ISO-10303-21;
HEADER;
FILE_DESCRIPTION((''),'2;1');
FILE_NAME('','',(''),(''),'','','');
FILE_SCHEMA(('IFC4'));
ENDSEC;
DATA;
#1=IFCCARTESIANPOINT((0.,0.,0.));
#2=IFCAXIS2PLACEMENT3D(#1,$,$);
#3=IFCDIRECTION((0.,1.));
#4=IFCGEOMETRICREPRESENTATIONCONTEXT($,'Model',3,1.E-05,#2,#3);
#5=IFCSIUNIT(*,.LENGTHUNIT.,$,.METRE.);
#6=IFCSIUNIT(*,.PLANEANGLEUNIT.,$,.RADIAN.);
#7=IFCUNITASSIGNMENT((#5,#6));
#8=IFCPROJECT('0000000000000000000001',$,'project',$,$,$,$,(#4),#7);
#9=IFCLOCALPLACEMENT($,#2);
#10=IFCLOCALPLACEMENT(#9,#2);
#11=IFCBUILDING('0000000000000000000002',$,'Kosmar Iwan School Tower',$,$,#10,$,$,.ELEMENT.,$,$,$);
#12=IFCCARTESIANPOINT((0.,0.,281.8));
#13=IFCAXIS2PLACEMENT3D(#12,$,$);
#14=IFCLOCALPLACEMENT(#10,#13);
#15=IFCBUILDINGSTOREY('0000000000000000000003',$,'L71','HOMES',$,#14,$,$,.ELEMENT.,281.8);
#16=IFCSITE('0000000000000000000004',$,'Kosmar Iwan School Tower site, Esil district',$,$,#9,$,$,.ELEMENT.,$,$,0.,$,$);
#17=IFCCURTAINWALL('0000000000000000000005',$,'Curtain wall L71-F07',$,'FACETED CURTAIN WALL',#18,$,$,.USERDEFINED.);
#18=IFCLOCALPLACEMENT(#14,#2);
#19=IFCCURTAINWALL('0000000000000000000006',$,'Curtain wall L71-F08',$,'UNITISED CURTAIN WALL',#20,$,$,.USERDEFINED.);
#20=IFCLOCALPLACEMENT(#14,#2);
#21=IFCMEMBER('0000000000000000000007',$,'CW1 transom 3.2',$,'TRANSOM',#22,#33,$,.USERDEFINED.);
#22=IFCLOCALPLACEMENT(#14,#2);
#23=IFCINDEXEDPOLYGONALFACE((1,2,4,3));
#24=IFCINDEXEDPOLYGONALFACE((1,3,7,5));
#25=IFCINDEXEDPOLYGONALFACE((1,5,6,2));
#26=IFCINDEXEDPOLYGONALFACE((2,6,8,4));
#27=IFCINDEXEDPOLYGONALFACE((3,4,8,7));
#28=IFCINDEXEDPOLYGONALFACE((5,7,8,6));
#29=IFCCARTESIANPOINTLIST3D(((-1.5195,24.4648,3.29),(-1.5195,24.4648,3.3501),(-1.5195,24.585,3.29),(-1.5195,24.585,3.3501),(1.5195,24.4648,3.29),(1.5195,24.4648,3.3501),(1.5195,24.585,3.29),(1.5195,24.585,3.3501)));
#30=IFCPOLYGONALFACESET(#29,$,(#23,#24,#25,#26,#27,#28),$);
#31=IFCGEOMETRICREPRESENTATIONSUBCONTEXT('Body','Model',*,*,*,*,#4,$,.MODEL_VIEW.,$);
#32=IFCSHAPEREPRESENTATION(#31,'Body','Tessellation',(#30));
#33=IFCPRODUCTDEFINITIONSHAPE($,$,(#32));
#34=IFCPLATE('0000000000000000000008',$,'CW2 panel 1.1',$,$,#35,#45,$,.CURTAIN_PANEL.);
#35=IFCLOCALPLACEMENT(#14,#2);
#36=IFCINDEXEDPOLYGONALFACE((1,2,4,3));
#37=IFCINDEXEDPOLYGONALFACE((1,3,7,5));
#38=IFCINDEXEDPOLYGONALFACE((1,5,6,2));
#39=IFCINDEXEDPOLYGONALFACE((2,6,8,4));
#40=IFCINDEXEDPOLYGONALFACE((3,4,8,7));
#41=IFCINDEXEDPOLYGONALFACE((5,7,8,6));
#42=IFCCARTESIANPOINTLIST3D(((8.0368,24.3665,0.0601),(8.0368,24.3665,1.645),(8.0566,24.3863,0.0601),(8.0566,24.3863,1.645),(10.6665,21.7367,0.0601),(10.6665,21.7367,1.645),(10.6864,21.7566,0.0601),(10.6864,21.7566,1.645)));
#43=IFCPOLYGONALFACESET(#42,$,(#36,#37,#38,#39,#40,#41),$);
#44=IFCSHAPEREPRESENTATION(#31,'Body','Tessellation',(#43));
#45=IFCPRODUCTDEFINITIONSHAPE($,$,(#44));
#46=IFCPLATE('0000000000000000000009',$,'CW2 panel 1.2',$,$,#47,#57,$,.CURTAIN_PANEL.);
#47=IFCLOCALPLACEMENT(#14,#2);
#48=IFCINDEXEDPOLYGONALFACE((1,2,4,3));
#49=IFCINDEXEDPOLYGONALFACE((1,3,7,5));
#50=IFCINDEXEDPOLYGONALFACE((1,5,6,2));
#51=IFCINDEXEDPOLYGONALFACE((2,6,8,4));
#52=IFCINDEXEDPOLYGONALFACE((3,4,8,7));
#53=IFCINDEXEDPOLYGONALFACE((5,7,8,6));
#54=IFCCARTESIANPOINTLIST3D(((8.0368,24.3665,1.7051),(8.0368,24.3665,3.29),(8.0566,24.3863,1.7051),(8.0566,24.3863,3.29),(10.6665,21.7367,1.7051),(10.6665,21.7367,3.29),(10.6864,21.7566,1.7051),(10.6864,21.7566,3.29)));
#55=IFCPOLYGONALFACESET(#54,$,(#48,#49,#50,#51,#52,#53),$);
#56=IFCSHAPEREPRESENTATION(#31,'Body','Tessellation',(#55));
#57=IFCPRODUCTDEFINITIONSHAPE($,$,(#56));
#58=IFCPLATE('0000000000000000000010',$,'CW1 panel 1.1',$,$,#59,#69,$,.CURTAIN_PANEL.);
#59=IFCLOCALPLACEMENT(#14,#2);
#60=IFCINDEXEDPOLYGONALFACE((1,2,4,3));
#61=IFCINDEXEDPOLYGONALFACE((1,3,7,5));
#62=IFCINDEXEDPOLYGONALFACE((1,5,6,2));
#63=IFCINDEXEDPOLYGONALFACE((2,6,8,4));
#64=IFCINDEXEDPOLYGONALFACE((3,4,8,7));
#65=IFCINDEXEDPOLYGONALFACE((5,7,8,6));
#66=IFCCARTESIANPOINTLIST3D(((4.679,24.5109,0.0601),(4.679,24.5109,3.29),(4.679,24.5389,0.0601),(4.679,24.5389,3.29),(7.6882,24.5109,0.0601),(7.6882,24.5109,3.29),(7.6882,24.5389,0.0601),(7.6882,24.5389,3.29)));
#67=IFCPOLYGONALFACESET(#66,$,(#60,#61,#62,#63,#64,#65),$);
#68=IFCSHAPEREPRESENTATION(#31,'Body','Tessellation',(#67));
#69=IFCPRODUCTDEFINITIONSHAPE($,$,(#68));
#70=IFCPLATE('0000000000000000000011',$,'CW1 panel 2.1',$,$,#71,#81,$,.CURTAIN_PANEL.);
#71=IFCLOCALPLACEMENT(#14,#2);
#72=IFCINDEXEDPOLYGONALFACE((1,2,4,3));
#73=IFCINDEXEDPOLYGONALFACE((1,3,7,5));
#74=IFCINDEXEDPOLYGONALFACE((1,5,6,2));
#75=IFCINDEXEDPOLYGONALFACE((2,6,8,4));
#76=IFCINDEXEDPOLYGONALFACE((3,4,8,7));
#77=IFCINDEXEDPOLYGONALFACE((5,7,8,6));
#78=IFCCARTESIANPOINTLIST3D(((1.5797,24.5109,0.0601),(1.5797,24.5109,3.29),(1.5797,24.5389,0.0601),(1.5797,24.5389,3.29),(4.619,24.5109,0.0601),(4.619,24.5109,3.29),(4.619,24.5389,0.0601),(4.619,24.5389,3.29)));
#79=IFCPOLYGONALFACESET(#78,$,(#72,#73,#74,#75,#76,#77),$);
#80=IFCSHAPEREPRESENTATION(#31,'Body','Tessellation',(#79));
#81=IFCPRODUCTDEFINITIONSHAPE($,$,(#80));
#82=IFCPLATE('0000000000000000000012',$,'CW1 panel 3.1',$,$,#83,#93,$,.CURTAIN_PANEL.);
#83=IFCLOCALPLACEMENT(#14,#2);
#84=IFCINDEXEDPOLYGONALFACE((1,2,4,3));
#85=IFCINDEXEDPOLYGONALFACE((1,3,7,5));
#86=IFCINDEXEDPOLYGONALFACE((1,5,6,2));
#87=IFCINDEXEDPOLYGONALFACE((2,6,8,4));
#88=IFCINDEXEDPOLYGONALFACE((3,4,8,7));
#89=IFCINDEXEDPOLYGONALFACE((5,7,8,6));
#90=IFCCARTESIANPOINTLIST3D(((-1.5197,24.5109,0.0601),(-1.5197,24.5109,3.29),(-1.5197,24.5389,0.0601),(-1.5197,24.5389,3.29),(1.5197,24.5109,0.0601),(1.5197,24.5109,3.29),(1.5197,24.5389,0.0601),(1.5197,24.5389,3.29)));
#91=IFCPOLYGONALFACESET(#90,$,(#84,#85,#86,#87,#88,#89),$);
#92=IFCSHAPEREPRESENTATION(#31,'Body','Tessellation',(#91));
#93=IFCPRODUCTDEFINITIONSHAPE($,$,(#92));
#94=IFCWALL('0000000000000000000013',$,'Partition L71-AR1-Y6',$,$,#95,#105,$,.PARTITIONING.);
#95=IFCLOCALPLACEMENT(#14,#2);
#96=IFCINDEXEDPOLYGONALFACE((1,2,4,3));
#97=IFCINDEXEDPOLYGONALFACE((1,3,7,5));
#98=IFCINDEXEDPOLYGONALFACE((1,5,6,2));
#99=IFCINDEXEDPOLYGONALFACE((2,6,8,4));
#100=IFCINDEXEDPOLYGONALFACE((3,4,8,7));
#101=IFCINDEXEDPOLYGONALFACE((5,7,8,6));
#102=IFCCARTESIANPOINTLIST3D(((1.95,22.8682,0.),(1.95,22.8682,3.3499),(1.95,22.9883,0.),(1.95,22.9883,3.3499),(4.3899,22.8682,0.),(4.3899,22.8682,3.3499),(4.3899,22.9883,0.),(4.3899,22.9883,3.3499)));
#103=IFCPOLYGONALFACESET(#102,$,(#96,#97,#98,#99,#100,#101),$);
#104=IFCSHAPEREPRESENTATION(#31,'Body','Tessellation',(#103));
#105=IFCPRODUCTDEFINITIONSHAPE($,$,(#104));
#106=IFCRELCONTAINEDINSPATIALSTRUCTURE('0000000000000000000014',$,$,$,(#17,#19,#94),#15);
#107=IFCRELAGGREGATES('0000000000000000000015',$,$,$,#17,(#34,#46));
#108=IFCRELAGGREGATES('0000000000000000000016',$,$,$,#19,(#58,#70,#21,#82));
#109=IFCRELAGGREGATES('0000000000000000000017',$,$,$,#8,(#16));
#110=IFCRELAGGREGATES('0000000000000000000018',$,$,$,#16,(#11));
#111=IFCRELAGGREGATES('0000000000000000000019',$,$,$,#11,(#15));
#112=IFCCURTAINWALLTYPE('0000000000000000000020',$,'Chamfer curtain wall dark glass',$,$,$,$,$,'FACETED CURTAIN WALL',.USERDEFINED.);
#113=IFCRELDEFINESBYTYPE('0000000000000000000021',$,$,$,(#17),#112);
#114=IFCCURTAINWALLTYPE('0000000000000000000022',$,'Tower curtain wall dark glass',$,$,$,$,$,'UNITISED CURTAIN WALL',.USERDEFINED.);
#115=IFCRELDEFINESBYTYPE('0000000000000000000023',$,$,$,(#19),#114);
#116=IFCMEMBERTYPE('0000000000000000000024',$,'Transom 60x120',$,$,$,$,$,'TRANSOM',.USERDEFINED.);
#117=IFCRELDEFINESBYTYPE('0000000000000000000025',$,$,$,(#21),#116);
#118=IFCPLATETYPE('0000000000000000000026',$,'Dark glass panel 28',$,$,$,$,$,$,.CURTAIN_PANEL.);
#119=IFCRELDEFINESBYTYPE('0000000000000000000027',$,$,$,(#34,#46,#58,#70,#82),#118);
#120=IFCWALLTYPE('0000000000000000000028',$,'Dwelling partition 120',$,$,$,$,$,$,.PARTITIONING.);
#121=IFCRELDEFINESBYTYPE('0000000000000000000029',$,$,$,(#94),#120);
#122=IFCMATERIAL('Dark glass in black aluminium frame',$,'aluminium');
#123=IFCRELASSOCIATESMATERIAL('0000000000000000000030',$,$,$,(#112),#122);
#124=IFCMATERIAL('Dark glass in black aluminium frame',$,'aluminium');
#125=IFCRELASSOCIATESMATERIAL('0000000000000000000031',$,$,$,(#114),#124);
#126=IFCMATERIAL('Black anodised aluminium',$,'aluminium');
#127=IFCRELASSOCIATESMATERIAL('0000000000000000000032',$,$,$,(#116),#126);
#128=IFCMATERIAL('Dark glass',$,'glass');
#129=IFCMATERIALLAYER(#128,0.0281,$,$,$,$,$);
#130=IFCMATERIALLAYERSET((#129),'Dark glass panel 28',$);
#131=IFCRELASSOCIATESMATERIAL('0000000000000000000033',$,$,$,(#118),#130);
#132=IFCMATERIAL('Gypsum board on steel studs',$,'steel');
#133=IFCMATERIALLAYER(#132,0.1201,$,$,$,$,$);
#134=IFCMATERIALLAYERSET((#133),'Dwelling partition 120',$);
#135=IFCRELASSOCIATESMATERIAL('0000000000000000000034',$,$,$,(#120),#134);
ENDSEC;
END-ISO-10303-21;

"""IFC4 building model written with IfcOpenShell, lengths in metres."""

from ifc_helpers import new_model, si_unit, direction, frame, frame_2d, origin, origin_2d, place, context, subcontext, project, spatial, rectangle, extrude, material, layer, layer_set, material_profile, profile_set, type_object, element, aggregate, save


model = new_model("IFC4")

# Units and contexts
model_context = context("Model", 3, precision=1e-05, world=origin(), true_north=direction((0.0, 1.0)))
body_context = subcontext(model_context, "Body", "Model", "MODEL_VIEW")
ifc_project = project(units=[si_unit("LENGTHUNIT", "METRE"), si_unit("PLANEANGLEUNIT", "RADIAN")], contexts=[model_context])

# Site, building, storey
site_placement = place(None, origin())
site = spatial("IfcSite", under=ifc_project, at=site_placement, Name="Kosmar Iwan School Tower site, Esil district", CompositionType="ELEMENT", RefElevation=0.0)
building_placement = place(site_placement, origin())
building = spatial("IfcBuilding", under=site, at=building_placement, Name="Kosmar Iwan School Tower", CompositionType="ELEMENT")
storey_placement = place(building_placement, frame((0.0, 0.0, 281.8)))
storey = spatial("IfcBuildingStorey", under=building, at=storey_placement, Name="L71", Description="HOMES", CompositionType="ELEMENT", Elevation=281.8)

# Curtain wall
ifc_material_1 = material(Name="Dark glass in black aluminium frame", Category="aluminium")
curtain_wall_type_1 = type_object("IfcCurtainWallType", Name="Chamfer curtain wall dark glass", ElementType="FACETED CURTAIN WALL", PredefinedType="USERDEFINED", material=ifc_material_1)
curtain_wall_1_placement = place(storey_placement, origin())
curtain_wall_1 = element("IfcCurtainWall", 1, at=curtain_wall_1_placement, inside=storey, type_object=curtain_wall_type_1, Name="Curtain wall L71-F07", ObjectType="FACETED CURTAIN WALL", PredefinedType="USERDEFINED")

# Curtain wall
ifc_material_2 = material(Name="Dark glass in black aluminium frame", Category="aluminium")
curtain_wall_type_2 = type_object("IfcCurtainWallType", Name="Tower curtain wall dark glass", ElementType="UNITISED CURTAIN WALL", PredefinedType="USERDEFINED", material=ifc_material_2)
curtain_wall_2_placement = place(storey_placement, origin())
curtain_wall_2 = element("IfcCurtainWall", 2, at=curtain_wall_2_placement, inside=storey, type_object=curtain_wall_type_2, Name="Curtain wall L71-F08", ObjectType="UNITISED CURTAIN WALL", PredefinedType="USERDEFINED")

# Member
ifc_material_3 = material(Name="Black anodised aluminium", Category="aluminium")
ifc_material_profile_1 = material_profile(ifc_material_3, rectangle(XDim=0.1201, YDim=0.0601, at=origin_2d()), Name="TRANSOM 60x120")
ifc_profile_set_1 = profile_set([ifc_material_profile_1], Name="Black anodised aluminium")
member_type_1 = type_object("IfcMemberType", Name="Transom 60x120", ElementType="TRANSOM", PredefinedType="USERDEFINED", material=ifc_profile_set_1)
member_1_placement = place(storey_placement, frame((1.5195, 24.5249, 3.3201), z_axis=(-1.0, 0.0, 0.0), x_axis=(0.0, -1.0, 0.0)))
member_1 = element("IfcMember", 3, at=member_1_placement, type_object=member_type_1, Name="CW1 transom 3.2", ObjectType="TRANSOM", PredefinedType="USERDEFINED", context=body_context, shape_type="SweptSolid", body=[
    extrude(rectangle(XDim=0.1201, YDim=0.0601, at=origin_2d()), origin(), (0.0, 0.0, 1.0), 3.0391),
])

# Plates
ifc_material_4 = material(Name="Dark glass", Category="glass")
ifc_layer_1 = layer(ifc_material_4, 0.0281)
ifc_layer_set_1 = layer_set([ifc_layer_1], Name="Dark glass panel 28")
plate_type = type_object("IfcPlateType", Name="Dark glass panel 28", PredefinedType="CURTAIN_PANEL", material=ifc_layer_set_1)
plate_1_placement = place(storey_placement, frame((9.3616, 23.0615, 0.0601), z_axis=(0.0, 0.0, 1.0), x_axis=(-0.707107, 0.707107, 0.0)))
plate_1 = element("IfcPlate", 4, at=plate_1_placement, type_object=plate_type, Name="CW2 panel 1.1", PredefinedType="CURTAIN_PANEL", context=body_context, shape_type="SweptSolid", body=[
    extrude(rectangle(XDim=3.719, YDim=0.0281, at=origin_2d()), origin(), (0.0, 0.0, 1.0), 1.585),
])
plate_2_placement = place(storey_placement, frame((9.3616, 23.0615, 1.7051), z_axis=(0.0, 0.0, 1.0), x_axis=(-0.707107, 0.707107, 0.0)))
plate_2 = element("IfcPlate", 5, at=plate_2_placement, type_object=plate_type, Name="CW2 panel 1.2", PredefinedType="CURTAIN_PANEL", context=body_context, shape_type="SweptSolid", body=[
    extrude(rectangle(XDim=3.719, YDim=0.0281, at=origin_2d()), origin(), (0.0, 0.0, 1.0), 1.585),
])
aggregate(curtain_wall_1, [plate_1, plate_2])
plate_3_placement = place(storey_placement, frame((6.1836, 24.5249, 0.0601), z_axis=(0.0, 0.0, 1.0), x_axis=(-1.0, 0.0, 0.0)))
plate_3 = element("IfcPlate", 6, at=plate_3_placement, type_object=plate_type, Name="CW1 panel 1.1", PredefinedType="CURTAIN_PANEL", context=body_context, shape_type="SweptSolid", body=[
    extrude(rectangle(XDim=3.0093, YDim=0.0281, at=origin_2d()), origin(), (0.0, 0.0, 1.0), 3.23),
])
plate_4_placement = place(storey_placement, frame((3.0994, 24.5249, 0.0601), z_axis=(0.0, 0.0, 1.0), x_axis=(-1.0, 0.0, 0.0)))
plate_4 = element("IfcPlate", 7, at=plate_4_placement, type_object=plate_type, Name="CW1 panel 2.1", PredefinedType="CURTAIN_PANEL", context=body_context, shape_type="SweptSolid", body=[
    extrude(rectangle(XDim=3.0393, YDim=0.0281, at=origin_2d()), origin(), (0.0, 0.0, 1.0), 3.23),
])
plate_5_placement = place(storey_placement, frame((0.0, 24.5249, 0.0601), z_axis=(0.0, 0.0, 1.0), x_axis=(-1.0, 0.0, 0.0)))
plate_5 = element("IfcPlate", 8, at=plate_5_placement, type_object=plate_type, Name="CW1 panel 3.1", PredefinedType="CURTAIN_PANEL", context=body_context, shape_type="SweptSolid", body=[
    extrude(rectangle(XDim=3.0393, YDim=0.0281, at=origin_2d()), origin(), (0.0, 0.0, 1.0), 3.23),
])
aggregate(curtain_wall_2, [plate_3, plate_4, member_1, plate_5])

# Wall
ifc_material_5 = material(Name="Gypsum board on steel studs", Category="steel")
ifc_layer_2 = layer(ifc_material_5, 0.1201)
ifc_layer_set_2 = layer_set([ifc_layer_2], Name="Dwelling partition 120")
wall_type = type_object("IfcWallType", Name="Dwelling partition 120", PredefinedType="PARTITIONING", material=ifc_layer_set_2)
wall_placement = place(storey_placement, frame((1.95, 22.9282, 0.0), z_axis=(0.0, 0.0, 1.0), x_axis=(1.0, 0.0, 0.0)))
element("IfcWall", 9, at=wall_placement, inside=storey, type_object=wall_type, Name="Partition L71-AR1-Y6", PredefinedType="PARTITIONING", context=body_context, shape_type="SweptSolid", body=[
    extrude(rectangle(XDim=2.4399, YDim=0.1201, at=frame_2d((1.22, 0.0))), origin(), (0.0, 0.0, 1.0), 3.3499),
])

save(model, "model.ifc")
